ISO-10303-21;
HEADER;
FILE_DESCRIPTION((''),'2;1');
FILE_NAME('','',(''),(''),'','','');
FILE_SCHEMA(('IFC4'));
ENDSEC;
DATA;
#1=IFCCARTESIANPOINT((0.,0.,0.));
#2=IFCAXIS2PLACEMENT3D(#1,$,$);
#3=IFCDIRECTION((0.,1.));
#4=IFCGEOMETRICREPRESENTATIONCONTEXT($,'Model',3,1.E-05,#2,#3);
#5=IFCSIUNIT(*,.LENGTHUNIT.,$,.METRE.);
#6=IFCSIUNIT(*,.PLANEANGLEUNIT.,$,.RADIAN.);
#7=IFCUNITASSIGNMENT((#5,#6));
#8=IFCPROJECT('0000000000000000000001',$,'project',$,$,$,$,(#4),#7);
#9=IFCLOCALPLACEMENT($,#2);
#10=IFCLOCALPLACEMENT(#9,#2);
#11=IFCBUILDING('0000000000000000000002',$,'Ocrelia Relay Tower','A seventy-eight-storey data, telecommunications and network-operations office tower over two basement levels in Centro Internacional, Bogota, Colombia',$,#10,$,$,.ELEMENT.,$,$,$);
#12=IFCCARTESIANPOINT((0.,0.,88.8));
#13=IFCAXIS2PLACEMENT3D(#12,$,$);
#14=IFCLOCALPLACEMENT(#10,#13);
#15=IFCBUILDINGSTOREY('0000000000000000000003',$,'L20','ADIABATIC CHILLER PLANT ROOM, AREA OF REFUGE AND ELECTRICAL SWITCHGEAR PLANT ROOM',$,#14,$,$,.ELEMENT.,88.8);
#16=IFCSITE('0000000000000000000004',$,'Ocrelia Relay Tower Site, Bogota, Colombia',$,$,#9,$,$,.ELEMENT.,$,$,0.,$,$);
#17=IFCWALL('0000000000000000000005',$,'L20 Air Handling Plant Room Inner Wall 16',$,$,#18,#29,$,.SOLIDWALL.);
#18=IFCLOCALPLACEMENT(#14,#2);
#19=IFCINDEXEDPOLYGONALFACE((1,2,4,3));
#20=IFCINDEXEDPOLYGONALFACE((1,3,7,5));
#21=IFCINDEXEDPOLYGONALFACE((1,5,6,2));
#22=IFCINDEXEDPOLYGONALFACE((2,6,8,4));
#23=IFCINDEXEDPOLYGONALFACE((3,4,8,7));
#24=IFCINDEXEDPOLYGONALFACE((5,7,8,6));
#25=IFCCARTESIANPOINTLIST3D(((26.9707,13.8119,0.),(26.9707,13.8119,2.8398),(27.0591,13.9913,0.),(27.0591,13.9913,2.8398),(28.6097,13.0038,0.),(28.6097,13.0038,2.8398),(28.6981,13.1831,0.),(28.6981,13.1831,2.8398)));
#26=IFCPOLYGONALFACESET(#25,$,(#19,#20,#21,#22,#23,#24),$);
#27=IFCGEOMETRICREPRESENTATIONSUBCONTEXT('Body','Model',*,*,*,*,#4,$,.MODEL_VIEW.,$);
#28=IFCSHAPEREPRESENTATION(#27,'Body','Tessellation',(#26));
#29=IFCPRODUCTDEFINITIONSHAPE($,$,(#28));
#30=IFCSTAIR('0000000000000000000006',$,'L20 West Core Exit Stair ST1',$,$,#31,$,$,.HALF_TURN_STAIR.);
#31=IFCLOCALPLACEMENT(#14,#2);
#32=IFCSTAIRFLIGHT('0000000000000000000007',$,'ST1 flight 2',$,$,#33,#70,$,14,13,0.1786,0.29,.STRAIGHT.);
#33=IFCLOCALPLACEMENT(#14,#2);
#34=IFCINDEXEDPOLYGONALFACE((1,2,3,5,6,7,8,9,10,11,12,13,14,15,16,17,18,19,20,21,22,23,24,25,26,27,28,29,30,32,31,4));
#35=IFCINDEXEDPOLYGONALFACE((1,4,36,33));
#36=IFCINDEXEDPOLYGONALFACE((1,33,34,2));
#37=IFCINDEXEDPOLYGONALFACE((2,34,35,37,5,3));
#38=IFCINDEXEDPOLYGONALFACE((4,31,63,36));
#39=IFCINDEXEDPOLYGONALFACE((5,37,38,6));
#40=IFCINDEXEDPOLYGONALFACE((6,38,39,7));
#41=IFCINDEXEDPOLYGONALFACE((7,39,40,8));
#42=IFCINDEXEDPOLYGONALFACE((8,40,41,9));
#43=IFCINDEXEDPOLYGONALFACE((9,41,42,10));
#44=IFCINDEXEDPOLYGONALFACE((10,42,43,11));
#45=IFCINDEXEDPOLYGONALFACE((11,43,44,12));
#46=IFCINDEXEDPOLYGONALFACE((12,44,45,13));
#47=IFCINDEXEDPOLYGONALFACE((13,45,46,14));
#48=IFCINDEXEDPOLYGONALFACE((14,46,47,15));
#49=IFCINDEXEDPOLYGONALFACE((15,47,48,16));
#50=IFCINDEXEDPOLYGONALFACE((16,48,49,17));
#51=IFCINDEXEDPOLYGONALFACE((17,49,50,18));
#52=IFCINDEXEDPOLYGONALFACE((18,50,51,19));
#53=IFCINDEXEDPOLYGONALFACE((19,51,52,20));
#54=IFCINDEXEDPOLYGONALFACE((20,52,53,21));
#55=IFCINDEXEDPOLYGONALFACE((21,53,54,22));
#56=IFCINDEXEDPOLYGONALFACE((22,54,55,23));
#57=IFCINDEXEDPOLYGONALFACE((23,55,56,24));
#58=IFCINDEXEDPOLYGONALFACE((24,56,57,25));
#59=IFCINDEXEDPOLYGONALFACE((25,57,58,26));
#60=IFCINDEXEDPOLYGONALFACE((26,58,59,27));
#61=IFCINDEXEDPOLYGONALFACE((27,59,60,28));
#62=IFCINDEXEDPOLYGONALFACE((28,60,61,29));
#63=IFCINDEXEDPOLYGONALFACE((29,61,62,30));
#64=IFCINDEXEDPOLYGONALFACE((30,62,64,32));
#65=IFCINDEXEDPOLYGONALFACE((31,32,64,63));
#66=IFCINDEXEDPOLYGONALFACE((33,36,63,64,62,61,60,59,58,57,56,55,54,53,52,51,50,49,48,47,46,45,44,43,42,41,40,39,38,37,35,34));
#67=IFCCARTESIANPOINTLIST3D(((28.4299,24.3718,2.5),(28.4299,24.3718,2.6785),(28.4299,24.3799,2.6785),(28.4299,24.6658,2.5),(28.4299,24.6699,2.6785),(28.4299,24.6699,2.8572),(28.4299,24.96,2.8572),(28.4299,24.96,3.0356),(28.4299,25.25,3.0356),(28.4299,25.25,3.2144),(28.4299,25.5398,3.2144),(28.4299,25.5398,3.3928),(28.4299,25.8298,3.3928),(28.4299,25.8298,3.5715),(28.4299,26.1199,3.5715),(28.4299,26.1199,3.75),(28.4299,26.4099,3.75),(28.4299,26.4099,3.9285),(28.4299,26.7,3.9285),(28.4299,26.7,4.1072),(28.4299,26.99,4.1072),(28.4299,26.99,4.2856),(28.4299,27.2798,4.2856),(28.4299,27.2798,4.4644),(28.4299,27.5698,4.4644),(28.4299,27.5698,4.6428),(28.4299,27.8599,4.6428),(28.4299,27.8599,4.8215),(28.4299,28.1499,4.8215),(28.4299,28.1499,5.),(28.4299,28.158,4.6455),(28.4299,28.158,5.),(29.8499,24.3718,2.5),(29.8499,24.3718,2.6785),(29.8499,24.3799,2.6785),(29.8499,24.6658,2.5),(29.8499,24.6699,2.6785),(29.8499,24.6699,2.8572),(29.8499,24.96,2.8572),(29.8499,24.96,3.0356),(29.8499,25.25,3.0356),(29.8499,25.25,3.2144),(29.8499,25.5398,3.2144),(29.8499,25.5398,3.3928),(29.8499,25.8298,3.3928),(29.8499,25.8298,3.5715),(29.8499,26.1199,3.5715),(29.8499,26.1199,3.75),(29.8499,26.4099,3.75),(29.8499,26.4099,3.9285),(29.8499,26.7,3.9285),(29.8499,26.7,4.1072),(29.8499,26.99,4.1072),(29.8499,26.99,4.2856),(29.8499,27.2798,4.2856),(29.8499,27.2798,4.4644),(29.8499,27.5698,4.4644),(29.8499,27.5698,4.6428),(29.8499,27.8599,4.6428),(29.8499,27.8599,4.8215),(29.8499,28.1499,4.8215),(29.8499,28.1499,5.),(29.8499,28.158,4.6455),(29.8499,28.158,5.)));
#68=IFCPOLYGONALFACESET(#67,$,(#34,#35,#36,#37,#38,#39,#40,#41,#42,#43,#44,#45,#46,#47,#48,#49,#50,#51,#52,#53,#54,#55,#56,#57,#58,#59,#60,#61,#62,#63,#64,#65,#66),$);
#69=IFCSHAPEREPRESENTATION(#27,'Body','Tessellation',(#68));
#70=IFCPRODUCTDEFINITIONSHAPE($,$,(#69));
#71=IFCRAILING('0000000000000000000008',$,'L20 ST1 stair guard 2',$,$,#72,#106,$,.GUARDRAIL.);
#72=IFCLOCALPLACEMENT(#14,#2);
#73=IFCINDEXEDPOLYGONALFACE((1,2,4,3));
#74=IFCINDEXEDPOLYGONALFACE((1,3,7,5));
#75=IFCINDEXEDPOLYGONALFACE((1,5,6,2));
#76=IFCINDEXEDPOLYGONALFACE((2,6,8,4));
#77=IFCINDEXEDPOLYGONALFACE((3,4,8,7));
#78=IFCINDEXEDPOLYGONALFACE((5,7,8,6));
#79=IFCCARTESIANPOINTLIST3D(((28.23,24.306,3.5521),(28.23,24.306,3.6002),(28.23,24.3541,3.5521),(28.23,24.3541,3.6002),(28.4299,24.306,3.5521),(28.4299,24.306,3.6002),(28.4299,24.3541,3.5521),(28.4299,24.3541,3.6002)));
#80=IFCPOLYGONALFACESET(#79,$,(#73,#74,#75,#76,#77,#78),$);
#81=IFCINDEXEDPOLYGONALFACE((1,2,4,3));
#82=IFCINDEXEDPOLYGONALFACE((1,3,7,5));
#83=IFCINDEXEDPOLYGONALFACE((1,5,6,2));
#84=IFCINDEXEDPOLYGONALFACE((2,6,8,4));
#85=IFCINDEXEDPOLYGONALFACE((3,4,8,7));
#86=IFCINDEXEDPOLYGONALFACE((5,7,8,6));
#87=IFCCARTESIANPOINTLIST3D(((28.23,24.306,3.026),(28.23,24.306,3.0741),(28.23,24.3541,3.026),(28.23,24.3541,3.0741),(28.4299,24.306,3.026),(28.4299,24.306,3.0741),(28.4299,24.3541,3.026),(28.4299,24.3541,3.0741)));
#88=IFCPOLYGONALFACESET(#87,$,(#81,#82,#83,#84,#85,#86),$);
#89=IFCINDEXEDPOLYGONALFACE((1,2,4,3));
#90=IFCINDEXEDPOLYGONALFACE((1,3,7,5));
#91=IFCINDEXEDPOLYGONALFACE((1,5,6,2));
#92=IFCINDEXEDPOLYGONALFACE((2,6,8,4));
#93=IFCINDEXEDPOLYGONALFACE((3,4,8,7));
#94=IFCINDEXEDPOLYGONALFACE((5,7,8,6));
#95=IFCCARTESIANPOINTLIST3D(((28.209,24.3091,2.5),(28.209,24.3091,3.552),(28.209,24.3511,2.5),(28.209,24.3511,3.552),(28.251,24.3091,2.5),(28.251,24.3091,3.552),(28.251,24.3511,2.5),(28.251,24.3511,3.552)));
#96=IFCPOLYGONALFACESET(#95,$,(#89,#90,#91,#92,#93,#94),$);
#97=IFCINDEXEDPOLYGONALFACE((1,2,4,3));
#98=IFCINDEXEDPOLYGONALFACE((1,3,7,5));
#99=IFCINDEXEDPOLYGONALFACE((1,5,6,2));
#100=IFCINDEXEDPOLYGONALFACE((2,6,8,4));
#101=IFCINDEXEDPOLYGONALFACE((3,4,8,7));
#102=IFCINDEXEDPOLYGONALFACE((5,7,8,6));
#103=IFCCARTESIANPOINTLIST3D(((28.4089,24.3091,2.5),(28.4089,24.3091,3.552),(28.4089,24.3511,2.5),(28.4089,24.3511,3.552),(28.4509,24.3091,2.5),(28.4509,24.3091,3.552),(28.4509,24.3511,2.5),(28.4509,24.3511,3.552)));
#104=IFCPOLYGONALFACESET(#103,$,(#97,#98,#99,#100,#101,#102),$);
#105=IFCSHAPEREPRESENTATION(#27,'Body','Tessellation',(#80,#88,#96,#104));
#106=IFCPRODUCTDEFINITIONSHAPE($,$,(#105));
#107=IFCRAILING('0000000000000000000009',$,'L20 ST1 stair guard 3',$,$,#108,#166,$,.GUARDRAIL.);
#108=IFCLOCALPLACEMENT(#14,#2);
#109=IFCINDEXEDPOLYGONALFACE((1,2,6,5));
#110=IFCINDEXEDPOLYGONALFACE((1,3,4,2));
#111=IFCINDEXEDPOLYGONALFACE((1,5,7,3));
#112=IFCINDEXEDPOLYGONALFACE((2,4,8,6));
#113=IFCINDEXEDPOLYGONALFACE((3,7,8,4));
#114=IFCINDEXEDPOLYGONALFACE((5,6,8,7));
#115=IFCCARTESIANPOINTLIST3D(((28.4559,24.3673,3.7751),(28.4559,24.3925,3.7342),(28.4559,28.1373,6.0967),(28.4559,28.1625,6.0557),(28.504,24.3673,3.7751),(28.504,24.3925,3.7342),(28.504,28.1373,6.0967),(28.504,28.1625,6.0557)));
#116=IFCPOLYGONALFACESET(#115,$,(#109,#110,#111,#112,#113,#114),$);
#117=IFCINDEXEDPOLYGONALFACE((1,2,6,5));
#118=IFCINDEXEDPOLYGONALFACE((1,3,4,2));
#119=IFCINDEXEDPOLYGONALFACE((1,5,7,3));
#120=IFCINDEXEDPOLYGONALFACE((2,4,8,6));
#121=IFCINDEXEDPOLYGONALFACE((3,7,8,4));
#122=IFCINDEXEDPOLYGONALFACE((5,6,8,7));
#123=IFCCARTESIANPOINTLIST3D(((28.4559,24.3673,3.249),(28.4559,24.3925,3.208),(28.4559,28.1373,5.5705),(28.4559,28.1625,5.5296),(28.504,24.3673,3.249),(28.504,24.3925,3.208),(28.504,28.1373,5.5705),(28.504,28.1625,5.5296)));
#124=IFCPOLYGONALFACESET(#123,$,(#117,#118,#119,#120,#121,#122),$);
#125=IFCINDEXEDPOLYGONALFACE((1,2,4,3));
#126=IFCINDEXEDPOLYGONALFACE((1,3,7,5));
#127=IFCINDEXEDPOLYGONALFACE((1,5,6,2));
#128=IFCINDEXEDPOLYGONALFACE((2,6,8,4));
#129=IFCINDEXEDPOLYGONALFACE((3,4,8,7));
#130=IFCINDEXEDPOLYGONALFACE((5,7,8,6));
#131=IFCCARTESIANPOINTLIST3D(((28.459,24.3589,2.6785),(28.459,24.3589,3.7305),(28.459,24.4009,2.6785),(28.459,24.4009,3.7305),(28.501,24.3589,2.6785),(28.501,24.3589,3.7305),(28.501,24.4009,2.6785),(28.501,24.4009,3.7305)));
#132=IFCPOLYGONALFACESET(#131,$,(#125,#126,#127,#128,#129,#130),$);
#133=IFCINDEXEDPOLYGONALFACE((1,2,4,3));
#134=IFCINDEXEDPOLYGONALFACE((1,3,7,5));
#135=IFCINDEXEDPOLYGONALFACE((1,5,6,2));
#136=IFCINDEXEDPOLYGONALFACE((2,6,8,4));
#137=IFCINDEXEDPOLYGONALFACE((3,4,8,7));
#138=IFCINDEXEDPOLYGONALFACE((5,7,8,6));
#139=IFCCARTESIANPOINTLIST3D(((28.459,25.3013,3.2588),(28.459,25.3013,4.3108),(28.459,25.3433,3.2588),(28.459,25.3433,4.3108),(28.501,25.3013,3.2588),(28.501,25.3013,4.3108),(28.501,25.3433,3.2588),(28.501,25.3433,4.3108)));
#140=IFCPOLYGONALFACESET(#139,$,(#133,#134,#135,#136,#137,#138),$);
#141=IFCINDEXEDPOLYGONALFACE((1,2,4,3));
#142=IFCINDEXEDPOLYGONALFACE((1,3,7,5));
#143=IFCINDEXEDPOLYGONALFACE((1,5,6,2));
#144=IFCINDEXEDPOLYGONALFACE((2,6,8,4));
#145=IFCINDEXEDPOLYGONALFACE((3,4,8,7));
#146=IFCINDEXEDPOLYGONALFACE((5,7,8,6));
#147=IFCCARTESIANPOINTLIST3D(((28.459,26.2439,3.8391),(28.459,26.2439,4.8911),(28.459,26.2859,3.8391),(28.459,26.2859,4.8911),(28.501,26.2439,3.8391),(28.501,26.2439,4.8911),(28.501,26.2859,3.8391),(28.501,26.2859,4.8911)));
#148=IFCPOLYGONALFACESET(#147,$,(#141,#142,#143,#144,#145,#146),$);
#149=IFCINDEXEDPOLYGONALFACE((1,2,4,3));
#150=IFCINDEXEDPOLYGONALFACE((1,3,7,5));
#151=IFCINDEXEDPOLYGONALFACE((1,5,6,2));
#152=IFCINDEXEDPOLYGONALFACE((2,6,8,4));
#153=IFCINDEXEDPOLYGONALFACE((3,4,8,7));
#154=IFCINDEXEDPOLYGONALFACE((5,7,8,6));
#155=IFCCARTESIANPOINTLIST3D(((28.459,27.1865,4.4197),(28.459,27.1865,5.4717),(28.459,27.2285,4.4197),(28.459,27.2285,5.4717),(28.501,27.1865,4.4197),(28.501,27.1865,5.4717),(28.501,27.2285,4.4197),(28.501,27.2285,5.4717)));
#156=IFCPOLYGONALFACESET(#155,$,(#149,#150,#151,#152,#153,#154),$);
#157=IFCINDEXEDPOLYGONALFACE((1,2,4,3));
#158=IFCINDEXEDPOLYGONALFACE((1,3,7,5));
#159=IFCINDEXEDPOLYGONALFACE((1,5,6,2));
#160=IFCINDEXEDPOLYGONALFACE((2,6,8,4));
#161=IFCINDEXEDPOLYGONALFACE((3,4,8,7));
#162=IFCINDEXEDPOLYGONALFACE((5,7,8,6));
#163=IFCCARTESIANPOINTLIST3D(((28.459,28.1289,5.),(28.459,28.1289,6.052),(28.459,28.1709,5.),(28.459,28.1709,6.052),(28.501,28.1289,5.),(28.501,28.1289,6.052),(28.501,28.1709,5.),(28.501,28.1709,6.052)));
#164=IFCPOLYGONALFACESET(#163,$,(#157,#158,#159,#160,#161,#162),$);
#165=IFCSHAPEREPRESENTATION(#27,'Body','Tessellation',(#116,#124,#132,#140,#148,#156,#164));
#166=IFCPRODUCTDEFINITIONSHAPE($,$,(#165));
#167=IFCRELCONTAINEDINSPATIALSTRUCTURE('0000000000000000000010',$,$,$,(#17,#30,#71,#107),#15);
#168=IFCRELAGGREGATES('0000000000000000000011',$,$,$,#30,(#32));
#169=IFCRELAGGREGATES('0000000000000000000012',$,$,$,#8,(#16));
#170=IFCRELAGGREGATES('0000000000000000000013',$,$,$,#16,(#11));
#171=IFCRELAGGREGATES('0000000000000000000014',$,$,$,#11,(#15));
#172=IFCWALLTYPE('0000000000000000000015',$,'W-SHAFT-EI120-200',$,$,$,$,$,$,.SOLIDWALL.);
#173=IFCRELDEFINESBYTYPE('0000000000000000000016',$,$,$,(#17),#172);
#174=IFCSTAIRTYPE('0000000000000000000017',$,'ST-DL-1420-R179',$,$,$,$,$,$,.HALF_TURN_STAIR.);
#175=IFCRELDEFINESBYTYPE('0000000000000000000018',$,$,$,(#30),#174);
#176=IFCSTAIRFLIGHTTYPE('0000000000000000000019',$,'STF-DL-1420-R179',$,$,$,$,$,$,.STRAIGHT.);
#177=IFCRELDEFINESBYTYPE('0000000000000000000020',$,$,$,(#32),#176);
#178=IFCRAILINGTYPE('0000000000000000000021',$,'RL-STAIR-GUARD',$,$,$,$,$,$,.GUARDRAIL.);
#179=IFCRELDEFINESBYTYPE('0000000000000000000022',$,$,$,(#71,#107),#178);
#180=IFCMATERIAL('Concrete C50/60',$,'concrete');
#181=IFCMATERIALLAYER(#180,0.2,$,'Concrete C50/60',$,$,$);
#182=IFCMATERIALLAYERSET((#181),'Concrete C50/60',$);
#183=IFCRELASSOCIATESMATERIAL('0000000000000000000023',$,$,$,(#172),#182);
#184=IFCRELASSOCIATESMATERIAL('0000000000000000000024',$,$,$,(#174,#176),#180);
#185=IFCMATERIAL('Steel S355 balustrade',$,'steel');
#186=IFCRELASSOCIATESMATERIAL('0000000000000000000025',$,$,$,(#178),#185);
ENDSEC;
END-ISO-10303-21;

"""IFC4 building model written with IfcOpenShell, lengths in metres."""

from ifc_helpers import new_model, si_unit, direction, frame, frame_2d, origin, origin_2d, place, context, subcontext, project, spatial, polyline, rectangle, outline, extrude, material, layer, layer_set, type_object, element, aggregate, save


model = new_model("IFC4")

# Units and contexts
model_context = context("Model", 3, precision=1e-05, world=origin(), true_north=direction((0.0, 1.0)))
body_context = subcontext(model_context, "Body", "Model", "MODEL_VIEW")
ifc_project = project(units=[si_unit("LENGTHUNIT", "METRE"), si_unit("PLANEANGLEUNIT", "RADIAN")], contexts=[model_context])

# Site, building, storey
site_placement = place(None, origin())
site = spatial("IfcSite", under=ifc_project, at=site_placement, Name="Ocrelia Relay Tower Site, Bogota, Colombia", CompositionType="ELEMENT", RefElevation=0.0)
building_placement = place(site_placement, origin())
building = spatial("IfcBuilding", under=site, at=building_placement, Name="Ocrelia Relay Tower", Description="A seventy-eight-storey data, telecommunications and network-operations office tower over two basement levels in Centro Internacional, Bogota, Colombia", CompositionType="ELEMENT")
storey_placement = place(building_placement, frame((0.0, 0.0, 88.8)))
storey = spatial("IfcBuildingStorey", under=building, at=storey_placement, Name="L20", Description="ADIABATIC CHILLER PLANT ROOM, AREA OF REFUGE AND ELECTRICAL SWITCHGEAR PLANT ROOM", CompositionType="ELEMENT", Elevation=88.8)

# Shared definitions
ifc_material_1 = material(Name="Concrete C50/60", Category="concrete")
ifc_layer_1 = layer(ifc_material_1, 0.2, Name="Concrete C50/60")
ifc_layer_set_1 = layer_set([ifc_layer_1], Name="Concrete C50/60")
wall_type_1 = type_object("IfcWallType", Name="W-SHAFT-EI120-200", PredefinedType="SOLIDWALL", material=ifc_layer_set_1)

# Wall
for number, where, z_axis, x_axis, name in (
    (1, (28.6538, 13.0935, 0.0), (0.0, 0.0, 1.0), (-0.896898, 0.442237, 0.0), "L20 Air Handling Plant Room Inner Wall 16"),
):
    element("IfcWall", number, at=place(storey_placement, frame(where, z_axis=z_axis, x_axis=x_axis)), inside=storey, type_object=wall_type_1, Name=name, PredefinedType="SOLIDWALL", context=body_context, shape_type="SweptSolid", body=[
        extrude(rectangle(XDim=1.8274, YDim=0.2, at=frame_2d((0.9136, 0.0))), origin(), (0.0, 0.0, 1.0), 2.8398),
    ])

# Stair, stair flight
stair_type = type_object("IfcStairType", Name="ST-DL-1420-R179", PredefinedType="HALF_TURN_STAIR", material=ifc_material_1)
stair_placement = place(storey_placement, origin())
stair = element("IfcStair", 2, at=stair_placement, inside=storey, type_object=stair_type, Name="L20 West Core Exit Stair ST1", PredefinedType="HALF_TURN_STAIR")
stair_flight_type = type_object("IfcStairFlightType", Name="STF-DL-1420-R179", PredefinedType="STRAIGHT", material=ifc_material_1)
stair_flight_placement = place(storey_placement, frame((29.1399, 24.3799, 2.5), z_axis=(0.0, 0.0, 1.0), x_axis=(0.0, 1.0, 0.0)))
stair_flight = element("IfcStairFlight", 3, at=stair_flight_placement, type_object=stair_flight_type, Name="ST1 flight 2", NumberOfRisers=14, NumberOfTreads=13, PredefinedType="STRAIGHT", RiserHeight=0.1786, TreadLength=0.29, context=body_context, shape_type="SweptSolid", body=[
    extrude(outline(polyline([(-0.0081, 0.0), (-0.0081, 0.1785), (0.0, 0.1785), (0.29, 0.1785), (0.29, 0.3572), (0.5801, 0.3572), (0.5801, 0.5356), (0.8701, 0.5356), (0.8701, 0.7144), (1.1599, 0.7144), (1.1599, 0.8928), (1.45, 0.8928), (1.45, 1.0715), (1.74, 1.0715), (1.74, 1.25), (2.03, 1.25), (2.03, 1.4285), (2.3201, 1.4285), (2.3201, 1.6072), (2.6101, 1.6072), (2.6101, 1.7856), (2.8999, 1.7856), (2.8999, 1.9644), (3.1899, 1.9644), (3.1899, 2.1428), (3.48, 2.1428), (3.48, 2.3215), (3.77, 2.3215), (3.77, 2.5), (3.7781, 2.5), (3.7781, 2.1455), (0.2859, 0.0), (-0.0081, 0.0)])), frame((0.0, 0.71, 0.0), z_axis=(0.0, -1.0, 0.0), x_axis=(1.0, 0.0, 0.0)), (0.0, 0.0, 1.0), 1.4199),
])
aggregate(stair, [stair_flight])

# Railings
ifc_material_2 = material(Name="Steel S355 balustrade", Category="steel")
railing_type = type_object("IfcRailingType", Name="RL-STAIR-GUARD", PredefinedType="GUARDRAIL", material=ifc_material_2)
railing_1_placement = place(storey_placement, frame((28.23, 24.3301, 2.5)))
element("IfcRailing", 4, at=railing_1_placement, inside=storey, type_object=railing_type, Name="L20 ST1 stair guard 2", PredefinedType="GUARDRAIL", context=body_context, shape_type="SweptSolid", body=[
    extrude(rectangle(XDim=0.0481, YDim=0.0481, at=origin_2d()), frame((0.0, 0.0, 1.0762), z_axis=(1.0, 0.0, 0.0), x_axis=(0.0, 1.0, 0.0)), (0.0, 0.0, 1.0), 0.2),
    extrude(rectangle(XDim=0.0481, YDim=0.0481, at=origin_2d()), frame((0.0, 0.0, 0.55), z_axis=(1.0, 0.0, 0.0), x_axis=(0.0, 1.0, 0.0)), (0.0, 0.0, 1.0), 0.2),
    extrude(rectangle(XDim=0.042, YDim=0.042, at=origin_2d()), origin(), (0.0, 0.0, 1.0), 1.052),
    extrude(rectangle(XDim=0.042, YDim=0.042, at=origin_2d()), frame((0.2, 0.0, 0.0)), (0.0, 0.0, 1.0), 1.052),
])
railing_2_placement = place(storey_placement, frame((28.48, 24.3799, 2.6785)))
element("IfcRailing", 5, at=railing_2_placement, inside=storey, type_object=railing_type, Name="L20 ST1 stair guard 3", PredefinedType="GUARDRAIL", context=body_context, shape_type="SweptSolid", body=[
    extrude(rectangle(XDim=0.0481, YDim=0.0481, at=origin_2d()), frame((0.0, 0.0, 1.0762), z_axis=(0.0, 0.851505, 0.524347), x_axis=(-1.0, 0.0, 0.0)), (0.0, 0.0, 1.0), 4.4275),
    extrude(rectangle(XDim=0.0481, YDim=0.0481, at=origin_2d()), frame((0.0, 0.0, 0.55), z_axis=(0.0, 0.851505, 0.524347), x_axis=(-1.0, 0.0, 0.0)), (0.0, 0.0, 1.0), 4.4275),
    extrude(rectangle(XDim=0.042, YDim=0.042, at=origin_2d()), origin(), (0.0, 0.0, 1.0), 1.052),
    extrude(rectangle(XDim=0.042, YDim=0.042, at=origin_2d()), frame((0.0, 0.9424, 0.5803)), (0.0, 0.0, 1.0), 1.052),
    extrude(rectangle(XDim=0.042, YDim=0.042, at=origin_2d()), frame((0.0, 1.885, 1.1606)), (0.0, 0.0, 1.0), 1.052),
    extrude(rectangle(XDim=0.042, YDim=0.042, at=origin_2d()), frame((0.0, 2.8276, 1.7412)), (0.0, 0.0, 1.0), 1.052),
    extrude(rectangle(XDim=0.042, YDim=0.042, at=origin_2d()), frame((0.0, 3.77, 2.3215)), (0.0, 0.0, 1.0), 1.052),
])

save(model, "model.ifc")
